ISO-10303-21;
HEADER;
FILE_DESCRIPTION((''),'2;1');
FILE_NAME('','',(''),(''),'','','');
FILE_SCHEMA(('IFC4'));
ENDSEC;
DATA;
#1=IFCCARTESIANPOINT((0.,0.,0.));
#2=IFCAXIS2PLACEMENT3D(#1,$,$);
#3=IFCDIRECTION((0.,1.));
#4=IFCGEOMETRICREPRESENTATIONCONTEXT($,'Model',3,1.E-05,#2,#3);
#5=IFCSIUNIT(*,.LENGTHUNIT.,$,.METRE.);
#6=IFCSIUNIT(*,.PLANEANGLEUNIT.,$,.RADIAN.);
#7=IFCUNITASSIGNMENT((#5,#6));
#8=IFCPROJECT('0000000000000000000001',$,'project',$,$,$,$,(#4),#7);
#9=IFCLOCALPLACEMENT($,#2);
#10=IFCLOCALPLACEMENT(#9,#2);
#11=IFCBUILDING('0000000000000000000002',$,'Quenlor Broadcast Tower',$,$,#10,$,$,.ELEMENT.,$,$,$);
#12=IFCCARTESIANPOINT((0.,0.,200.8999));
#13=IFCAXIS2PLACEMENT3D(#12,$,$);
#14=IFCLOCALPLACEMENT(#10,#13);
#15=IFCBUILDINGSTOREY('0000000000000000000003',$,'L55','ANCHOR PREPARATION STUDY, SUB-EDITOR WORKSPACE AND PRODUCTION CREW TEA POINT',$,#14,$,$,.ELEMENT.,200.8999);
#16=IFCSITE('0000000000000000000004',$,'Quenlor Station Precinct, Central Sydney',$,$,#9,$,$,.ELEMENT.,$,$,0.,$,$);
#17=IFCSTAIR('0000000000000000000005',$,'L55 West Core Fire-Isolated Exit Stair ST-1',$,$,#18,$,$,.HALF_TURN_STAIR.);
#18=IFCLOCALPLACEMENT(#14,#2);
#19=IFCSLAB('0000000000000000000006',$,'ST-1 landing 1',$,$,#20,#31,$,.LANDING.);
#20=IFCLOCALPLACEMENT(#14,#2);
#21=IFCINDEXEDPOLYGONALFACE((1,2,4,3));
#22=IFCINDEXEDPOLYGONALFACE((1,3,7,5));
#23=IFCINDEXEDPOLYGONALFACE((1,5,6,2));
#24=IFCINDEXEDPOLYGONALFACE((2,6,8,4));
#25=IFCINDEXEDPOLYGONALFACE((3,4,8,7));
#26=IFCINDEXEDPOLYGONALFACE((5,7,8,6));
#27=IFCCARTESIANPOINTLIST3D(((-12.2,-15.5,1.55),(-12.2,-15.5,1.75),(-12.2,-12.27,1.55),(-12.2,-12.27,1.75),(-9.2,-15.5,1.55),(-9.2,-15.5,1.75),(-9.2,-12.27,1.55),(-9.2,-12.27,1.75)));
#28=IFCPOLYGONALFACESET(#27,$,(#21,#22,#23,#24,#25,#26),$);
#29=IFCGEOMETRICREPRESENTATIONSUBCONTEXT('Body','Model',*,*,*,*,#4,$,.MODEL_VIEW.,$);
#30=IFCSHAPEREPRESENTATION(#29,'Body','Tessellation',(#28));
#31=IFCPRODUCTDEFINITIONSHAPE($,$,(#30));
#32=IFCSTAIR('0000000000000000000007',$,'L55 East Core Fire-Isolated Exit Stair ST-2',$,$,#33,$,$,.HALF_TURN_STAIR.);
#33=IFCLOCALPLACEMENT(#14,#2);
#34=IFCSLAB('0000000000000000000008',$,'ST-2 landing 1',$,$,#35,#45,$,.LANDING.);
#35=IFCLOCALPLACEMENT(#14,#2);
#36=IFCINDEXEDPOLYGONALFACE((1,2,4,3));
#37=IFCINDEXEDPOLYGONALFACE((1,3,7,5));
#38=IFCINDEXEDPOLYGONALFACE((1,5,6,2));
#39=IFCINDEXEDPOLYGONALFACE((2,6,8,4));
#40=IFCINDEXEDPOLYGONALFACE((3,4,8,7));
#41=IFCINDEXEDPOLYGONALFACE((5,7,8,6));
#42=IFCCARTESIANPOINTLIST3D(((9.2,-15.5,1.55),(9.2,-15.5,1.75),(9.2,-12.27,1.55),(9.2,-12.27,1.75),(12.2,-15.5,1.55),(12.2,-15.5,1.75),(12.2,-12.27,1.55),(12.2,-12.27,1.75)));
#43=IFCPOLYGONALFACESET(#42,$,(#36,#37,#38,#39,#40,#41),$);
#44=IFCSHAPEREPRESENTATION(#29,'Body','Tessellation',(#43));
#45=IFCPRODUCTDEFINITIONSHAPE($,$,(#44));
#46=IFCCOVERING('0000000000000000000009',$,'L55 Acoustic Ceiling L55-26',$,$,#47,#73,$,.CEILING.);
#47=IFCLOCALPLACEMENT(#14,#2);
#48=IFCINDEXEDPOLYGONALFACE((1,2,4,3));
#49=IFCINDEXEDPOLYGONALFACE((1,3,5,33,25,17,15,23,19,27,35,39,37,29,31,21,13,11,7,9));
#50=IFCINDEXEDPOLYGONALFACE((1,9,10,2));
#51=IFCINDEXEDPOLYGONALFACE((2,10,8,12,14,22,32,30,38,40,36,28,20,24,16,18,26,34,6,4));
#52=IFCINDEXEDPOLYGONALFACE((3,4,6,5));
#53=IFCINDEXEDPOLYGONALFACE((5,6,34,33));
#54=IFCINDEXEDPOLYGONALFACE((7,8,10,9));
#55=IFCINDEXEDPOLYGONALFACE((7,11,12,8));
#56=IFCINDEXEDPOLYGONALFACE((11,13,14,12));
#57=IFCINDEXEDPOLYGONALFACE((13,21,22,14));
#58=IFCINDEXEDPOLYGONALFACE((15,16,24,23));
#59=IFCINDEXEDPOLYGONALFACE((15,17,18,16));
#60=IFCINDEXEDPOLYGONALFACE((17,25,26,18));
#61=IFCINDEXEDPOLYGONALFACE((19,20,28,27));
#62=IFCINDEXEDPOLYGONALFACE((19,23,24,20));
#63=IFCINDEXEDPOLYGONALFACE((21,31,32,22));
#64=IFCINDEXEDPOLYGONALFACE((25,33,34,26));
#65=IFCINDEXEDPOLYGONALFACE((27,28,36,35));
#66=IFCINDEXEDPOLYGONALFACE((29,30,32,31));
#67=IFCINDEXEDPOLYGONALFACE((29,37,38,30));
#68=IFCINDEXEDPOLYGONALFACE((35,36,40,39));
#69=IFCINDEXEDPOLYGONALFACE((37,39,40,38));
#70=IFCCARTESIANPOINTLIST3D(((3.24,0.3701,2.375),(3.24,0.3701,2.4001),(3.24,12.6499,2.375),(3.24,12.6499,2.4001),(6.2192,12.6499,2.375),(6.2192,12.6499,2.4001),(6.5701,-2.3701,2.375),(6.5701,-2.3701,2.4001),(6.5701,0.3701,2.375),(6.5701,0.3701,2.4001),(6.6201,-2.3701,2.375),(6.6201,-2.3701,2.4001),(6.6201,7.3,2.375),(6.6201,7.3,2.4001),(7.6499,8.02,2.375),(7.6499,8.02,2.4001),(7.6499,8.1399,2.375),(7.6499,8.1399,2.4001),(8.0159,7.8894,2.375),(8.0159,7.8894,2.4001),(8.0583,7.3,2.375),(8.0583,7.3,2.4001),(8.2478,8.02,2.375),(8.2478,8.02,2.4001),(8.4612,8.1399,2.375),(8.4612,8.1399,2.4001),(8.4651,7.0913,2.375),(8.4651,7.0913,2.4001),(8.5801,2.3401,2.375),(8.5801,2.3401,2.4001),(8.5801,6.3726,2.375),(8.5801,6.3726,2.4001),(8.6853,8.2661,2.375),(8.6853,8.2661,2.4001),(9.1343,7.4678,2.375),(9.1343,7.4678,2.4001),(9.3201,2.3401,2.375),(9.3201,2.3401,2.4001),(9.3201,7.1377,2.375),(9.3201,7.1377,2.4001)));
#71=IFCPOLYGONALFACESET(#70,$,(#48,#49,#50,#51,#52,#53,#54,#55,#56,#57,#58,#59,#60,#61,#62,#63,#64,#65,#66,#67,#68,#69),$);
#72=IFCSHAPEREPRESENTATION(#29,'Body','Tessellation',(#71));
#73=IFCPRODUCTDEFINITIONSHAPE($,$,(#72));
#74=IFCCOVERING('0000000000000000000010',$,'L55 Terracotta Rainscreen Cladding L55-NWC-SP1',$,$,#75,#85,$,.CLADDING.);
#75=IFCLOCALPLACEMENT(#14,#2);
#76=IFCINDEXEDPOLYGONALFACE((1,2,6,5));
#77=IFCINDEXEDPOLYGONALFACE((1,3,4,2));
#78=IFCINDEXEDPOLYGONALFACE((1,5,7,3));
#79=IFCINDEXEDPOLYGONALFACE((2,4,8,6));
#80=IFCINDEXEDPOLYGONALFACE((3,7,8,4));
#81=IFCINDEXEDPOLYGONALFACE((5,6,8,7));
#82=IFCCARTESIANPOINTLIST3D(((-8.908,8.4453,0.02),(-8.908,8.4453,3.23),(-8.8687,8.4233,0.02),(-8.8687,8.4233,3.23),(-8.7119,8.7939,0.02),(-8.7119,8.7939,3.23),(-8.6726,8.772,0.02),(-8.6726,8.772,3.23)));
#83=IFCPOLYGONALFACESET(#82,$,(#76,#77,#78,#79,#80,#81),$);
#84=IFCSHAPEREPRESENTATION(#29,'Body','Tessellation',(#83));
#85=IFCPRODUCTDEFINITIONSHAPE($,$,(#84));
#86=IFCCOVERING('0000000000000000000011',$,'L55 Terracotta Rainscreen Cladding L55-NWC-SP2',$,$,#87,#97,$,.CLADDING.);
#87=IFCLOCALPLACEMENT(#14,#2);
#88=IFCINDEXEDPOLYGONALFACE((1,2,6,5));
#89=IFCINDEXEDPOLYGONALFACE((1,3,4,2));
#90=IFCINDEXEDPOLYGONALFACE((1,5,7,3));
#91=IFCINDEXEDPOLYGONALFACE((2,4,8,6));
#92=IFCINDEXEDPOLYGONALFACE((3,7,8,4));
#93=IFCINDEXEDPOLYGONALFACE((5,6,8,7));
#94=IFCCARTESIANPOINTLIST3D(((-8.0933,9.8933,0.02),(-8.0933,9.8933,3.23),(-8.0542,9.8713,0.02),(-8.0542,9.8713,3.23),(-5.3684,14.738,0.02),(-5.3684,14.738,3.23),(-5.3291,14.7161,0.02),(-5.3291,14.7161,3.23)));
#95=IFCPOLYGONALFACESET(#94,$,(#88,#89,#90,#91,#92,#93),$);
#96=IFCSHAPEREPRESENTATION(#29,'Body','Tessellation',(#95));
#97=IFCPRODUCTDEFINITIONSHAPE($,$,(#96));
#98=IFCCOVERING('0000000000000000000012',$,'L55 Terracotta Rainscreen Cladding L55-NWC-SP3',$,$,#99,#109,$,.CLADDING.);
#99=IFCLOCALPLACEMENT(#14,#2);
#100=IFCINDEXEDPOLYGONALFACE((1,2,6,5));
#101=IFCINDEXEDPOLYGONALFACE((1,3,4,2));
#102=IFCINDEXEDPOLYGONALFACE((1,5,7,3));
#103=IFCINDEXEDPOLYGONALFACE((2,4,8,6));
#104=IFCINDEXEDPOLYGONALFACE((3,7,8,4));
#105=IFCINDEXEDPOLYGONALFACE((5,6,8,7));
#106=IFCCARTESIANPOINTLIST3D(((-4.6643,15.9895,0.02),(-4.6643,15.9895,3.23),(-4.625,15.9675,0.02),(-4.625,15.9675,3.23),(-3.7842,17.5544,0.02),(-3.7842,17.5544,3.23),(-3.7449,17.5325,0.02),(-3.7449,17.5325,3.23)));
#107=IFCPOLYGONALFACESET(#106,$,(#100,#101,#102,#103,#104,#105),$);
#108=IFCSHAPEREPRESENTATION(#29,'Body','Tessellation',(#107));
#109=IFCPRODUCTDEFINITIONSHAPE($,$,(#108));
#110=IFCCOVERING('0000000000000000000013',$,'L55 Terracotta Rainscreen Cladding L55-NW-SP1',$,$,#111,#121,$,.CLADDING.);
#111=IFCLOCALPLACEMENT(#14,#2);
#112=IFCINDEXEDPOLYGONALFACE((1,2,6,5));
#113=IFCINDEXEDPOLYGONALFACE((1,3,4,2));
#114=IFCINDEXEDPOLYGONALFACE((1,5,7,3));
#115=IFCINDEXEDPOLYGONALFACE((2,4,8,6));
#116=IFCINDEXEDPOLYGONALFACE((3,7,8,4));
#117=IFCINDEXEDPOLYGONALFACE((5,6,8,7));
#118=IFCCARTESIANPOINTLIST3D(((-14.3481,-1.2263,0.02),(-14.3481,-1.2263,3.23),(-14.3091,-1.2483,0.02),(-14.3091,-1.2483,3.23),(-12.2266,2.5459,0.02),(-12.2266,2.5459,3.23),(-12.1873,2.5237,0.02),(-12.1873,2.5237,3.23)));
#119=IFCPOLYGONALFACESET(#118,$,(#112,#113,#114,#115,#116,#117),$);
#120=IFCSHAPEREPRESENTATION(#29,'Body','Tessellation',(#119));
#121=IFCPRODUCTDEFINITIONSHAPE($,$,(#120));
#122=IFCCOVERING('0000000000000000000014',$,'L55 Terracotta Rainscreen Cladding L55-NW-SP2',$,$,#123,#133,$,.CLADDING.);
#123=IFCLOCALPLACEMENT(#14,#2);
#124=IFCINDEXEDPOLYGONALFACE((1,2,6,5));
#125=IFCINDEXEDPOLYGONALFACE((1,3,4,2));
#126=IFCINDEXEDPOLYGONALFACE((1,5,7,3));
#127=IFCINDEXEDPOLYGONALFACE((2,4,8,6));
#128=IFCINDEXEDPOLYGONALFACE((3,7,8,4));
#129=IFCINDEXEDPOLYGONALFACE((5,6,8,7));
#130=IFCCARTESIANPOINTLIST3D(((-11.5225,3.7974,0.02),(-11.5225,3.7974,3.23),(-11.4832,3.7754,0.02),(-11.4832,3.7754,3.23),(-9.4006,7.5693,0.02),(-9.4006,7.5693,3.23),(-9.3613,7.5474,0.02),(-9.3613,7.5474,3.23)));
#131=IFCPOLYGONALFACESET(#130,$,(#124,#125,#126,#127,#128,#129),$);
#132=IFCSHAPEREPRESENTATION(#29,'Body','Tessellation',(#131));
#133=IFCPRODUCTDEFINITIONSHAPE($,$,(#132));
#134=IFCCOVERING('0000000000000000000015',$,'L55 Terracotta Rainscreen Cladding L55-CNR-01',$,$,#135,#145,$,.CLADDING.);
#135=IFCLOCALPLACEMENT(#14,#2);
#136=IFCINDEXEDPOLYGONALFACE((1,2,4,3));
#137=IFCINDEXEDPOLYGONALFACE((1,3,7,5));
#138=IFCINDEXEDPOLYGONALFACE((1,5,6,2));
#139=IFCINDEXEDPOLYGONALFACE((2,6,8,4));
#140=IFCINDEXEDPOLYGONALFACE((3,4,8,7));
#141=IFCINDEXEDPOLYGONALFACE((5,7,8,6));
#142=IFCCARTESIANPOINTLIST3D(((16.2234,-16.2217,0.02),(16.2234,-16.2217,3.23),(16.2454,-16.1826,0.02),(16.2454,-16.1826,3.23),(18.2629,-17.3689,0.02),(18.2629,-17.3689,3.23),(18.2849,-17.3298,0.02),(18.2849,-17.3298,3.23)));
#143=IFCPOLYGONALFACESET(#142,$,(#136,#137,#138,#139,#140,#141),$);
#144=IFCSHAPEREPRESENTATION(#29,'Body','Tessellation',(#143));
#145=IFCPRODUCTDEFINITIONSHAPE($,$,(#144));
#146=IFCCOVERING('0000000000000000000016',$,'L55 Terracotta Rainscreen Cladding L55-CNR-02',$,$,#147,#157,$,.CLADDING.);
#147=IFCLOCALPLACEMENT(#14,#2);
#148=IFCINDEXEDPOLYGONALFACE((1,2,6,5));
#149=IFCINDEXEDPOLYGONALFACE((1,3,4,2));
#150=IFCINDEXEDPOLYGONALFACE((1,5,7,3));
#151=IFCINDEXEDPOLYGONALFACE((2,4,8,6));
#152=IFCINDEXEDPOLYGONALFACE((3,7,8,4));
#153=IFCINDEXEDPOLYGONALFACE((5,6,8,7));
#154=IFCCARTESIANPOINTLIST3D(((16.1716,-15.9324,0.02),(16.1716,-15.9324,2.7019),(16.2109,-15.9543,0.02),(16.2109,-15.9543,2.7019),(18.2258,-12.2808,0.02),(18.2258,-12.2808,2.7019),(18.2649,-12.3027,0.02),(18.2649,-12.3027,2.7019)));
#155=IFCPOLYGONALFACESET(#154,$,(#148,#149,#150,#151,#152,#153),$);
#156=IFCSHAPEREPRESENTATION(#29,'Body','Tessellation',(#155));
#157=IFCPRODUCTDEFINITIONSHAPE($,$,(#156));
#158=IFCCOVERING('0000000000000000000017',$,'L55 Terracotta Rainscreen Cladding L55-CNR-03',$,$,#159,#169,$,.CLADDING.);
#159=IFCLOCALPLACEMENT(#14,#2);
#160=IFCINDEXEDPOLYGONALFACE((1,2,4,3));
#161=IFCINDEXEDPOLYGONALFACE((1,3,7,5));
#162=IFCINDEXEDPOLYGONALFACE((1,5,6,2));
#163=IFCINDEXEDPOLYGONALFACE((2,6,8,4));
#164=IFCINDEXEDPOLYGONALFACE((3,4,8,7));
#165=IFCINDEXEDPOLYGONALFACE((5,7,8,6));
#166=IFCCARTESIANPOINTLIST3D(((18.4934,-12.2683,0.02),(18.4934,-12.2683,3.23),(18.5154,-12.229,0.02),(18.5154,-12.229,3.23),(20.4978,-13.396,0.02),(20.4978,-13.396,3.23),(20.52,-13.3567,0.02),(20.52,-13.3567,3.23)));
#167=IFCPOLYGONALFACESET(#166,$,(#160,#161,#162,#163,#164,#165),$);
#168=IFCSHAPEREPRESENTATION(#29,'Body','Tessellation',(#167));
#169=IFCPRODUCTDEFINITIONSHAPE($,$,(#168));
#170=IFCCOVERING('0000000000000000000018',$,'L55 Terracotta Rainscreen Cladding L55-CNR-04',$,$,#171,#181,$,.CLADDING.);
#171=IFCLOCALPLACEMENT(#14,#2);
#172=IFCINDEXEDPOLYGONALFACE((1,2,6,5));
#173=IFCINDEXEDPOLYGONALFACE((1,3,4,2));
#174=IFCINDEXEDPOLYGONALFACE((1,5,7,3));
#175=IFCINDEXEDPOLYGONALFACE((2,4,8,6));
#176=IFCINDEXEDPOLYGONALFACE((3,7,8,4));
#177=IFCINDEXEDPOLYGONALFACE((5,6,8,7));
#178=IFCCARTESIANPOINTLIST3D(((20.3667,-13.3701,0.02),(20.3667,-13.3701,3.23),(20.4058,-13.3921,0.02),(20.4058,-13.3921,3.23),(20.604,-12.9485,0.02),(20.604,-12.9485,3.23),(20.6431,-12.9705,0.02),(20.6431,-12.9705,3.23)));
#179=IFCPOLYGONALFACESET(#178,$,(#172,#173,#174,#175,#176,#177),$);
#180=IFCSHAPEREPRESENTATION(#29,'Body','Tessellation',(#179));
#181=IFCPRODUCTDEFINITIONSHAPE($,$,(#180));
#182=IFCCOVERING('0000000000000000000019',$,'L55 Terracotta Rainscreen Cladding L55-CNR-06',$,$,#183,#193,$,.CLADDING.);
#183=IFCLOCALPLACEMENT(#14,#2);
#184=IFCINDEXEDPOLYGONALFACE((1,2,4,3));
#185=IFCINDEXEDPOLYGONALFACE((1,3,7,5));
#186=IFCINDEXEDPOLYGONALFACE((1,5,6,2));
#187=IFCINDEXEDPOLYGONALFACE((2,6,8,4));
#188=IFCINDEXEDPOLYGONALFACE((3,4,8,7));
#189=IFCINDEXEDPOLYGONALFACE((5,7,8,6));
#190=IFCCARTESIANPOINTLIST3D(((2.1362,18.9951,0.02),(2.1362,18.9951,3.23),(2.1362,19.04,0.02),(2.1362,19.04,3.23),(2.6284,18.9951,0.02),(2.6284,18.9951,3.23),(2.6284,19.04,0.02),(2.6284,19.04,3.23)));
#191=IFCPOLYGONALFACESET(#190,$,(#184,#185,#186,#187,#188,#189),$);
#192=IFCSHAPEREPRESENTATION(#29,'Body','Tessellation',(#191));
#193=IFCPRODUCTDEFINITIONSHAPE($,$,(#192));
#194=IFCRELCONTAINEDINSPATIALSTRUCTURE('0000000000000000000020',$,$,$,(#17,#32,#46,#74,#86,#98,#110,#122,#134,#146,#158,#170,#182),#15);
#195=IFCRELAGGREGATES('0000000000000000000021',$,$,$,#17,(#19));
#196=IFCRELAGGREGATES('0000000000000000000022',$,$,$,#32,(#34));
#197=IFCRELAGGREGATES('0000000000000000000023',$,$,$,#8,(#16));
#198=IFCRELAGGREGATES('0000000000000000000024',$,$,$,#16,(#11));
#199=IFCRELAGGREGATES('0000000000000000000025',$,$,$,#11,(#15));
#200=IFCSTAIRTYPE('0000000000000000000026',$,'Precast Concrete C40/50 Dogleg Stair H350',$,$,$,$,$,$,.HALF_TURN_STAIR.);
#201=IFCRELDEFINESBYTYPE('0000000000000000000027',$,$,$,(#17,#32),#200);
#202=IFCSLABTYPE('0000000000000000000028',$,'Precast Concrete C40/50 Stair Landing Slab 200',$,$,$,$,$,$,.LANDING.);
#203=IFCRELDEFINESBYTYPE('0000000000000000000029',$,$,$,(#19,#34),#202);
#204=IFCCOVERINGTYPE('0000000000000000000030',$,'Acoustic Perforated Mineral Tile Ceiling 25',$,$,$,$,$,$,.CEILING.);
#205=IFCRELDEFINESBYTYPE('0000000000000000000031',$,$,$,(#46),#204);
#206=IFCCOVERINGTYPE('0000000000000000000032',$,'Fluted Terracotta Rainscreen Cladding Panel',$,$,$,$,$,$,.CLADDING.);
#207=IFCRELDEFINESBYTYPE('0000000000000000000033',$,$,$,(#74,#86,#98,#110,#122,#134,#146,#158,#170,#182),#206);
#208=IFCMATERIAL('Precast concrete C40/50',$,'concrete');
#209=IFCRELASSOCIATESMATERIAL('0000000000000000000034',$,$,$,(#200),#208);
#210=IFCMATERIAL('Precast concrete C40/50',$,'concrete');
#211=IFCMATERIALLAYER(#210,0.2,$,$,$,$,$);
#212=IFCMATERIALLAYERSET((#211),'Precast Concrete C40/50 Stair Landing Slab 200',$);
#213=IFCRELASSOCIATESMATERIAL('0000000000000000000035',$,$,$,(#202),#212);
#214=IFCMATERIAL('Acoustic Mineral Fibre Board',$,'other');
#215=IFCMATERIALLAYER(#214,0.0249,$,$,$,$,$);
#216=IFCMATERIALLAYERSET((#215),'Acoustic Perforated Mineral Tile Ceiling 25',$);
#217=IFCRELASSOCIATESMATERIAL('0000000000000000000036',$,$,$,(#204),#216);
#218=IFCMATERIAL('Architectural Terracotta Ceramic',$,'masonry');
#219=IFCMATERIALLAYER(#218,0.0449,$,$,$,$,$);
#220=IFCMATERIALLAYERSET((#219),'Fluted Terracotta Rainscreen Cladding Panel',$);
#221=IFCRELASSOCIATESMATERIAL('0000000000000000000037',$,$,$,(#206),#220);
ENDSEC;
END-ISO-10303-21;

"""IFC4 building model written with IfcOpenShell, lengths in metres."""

from ifc_helpers import new_model, si_unit, direction, frame, origin, place, context, subcontext, project, spatial, polyline, outline, extrude, material, layer, layer_set, type_object, element, aggregate, save


model = new_model("IFC4")

# Units and contexts
model_context = context("Model", 3, precision=1e-05, world=origin(), true_north=direction((0.0, 1.0)))
body_context = subcontext(model_context, "Body", "Model", "MODEL_VIEW")
ifc_project = project(units=[si_unit("LENGTHUNIT", "METRE"), si_unit("PLANEANGLEUNIT", "RADIAN")], contexts=[model_context])

# Site, building, storey
site_placement = place(None, origin())
site = spatial("IfcSite", under=ifc_project, at=site_placement, Name="Quenlor Station Precinct, Central Sydney", CompositionType="ELEMENT", RefElevation=0.0)
building_placement = place(site_placement, origin())
building = spatial("IfcBuilding", under=site, at=building_placement, Name="Quenlor Broadcast Tower", CompositionType="ELEMENT")
storey_placement = place(building_placement, frame((0.0, 0.0, 200.8999)))
storey = spatial("IfcBuildingStorey", under=building, at=storey_placement, Name="L55", Description="ANCHOR PREPARATION STUDY, SUB-EDITOR WORKSPACE AND PRODUCTION CREW TEA POINT", CompositionType="ELEMENT", Elevation=200.8999)

# Stairs, slabs
ifc_material_1 = material(Name="Precast concrete C40/50", Category="concrete")
stair_type = type_object("IfcStairType", Name="Precast Concrete C40/50 Dogleg Stair H350", PredefinedType="HALF_TURN_STAIR", material=ifc_material_1)
stair_1_placement = place(storey_placement, origin())
stair_1 = element("IfcStair", 1, at=stair_1_placement, inside=storey, type_object=stair_type, Name="L55 West Core Fire-Isolated Exit Stair ST-1", PredefinedType="HALF_TURN_STAIR")
ifc_material_2 = material(Name="Precast concrete C40/50", Category="concrete")
ifc_layer_1 = layer(ifc_material_2, 0.2)
ifc_layer_set_1 = layer_set([ifc_layer_1], Name="Precast Concrete C40/50 Stair Landing Slab 200")
slab_type = type_object("IfcSlabType", Name="Precast Concrete C40/50 Stair Landing Slab 200", PredefinedType="LANDING", material=ifc_layer_set_1)
slab_1_placement = place(storey_placement, frame((0.0, 0.0, 1.55)))
slab_1 = element("IfcSlab", 2, at=slab_1_placement, type_object=slab_type, Name="ST-1 landing 1", PredefinedType="LANDING", context=body_context, shape_type="SweptSolid", body=[
    extrude(outline(polyline([(-12.2, -12.27), (-12.2, -15.5), (-9.2, -15.5), (-9.2, -12.27), (-12.2, -12.27)])), origin(), (0.0, 0.0, 1.0), 0.2),
])
aggregate(stair_1, [slab_1])
stair_2_placement = place(storey_placement, origin())
stair_2 = element("IfcStair", 3, at=stair_2_placement, inside=storey, type_object=stair_type, Name="L55 East Core Fire-Isolated Exit Stair ST-2", PredefinedType="HALF_TURN_STAIR")
slab_2_placement = place(storey_placement, frame((0.0, 0.0, 1.55)))
slab_2 = element("IfcSlab", 4, at=slab_2_placement, type_object=slab_type, Name="ST-2 landing 1", PredefinedType="LANDING", context=body_context, shape_type="SweptSolid", body=[
    extrude(outline(polyline([(9.2, -12.27), (9.2, -15.5), (12.2, -15.5), (12.2, -12.27), (9.2, -12.27)])), origin(), (0.0, 0.0, 1.0), 0.2),
])
aggregate(stair_2, [slab_2])

# Coverings
ifc_material_3 = material(Name="Acoustic Mineral Fibre Board", Category="other")
ifc_layer_2 = layer(ifc_material_3, 0.0249)
ifc_layer_set_2 = layer_set([ifc_layer_2], Name="Acoustic Perforated Mineral Tile Ceiling 25")
covering_type_1 = type_object("IfcCoveringType", Name="Acoustic Perforated Mineral Tile Ceiling 25", PredefinedType="CEILING", material=ifc_layer_set_2)
covering_1_placement = place(storey_placement, frame((0.0, 0.0, 2.375)))
element("IfcCovering", 5, at=covering_1_placement, inside=storey, type_object=covering_type_1, Name="L55 Acoustic Ceiling L55-26", PredefinedType="CEILING", context=body_context, shape_type="SweptSolid", body=[
    extrude(outline(polyline([(8.2478, 8.02), (8.0159, 7.8894), (8.4651, 7.0913), (9.1343, 7.4678), (9.3201, 7.1377), (9.3201, 2.3401), (8.5801, 2.3401), (8.5801, 6.3726), (8.0583, 7.3), (6.6201, 7.3), (6.6201, -2.3701), (6.5701, -2.3701), (6.5701, 0.3701), (3.24, 0.3701), (3.24, 12.6499), (6.2192, 12.6499), (8.6853, 8.2661), (8.4612, 8.1399), (7.6499, 8.1399), (7.6499, 8.02), (8.2478, 8.02)])), origin(), (0.0, 0.0, 1.0), 0.0251),
])
ifc_material_4 = material(Name="Architectural Terracotta Ceramic", Category="masonry")
ifc_layer_3 = layer(ifc_material_4, 0.0449)
ifc_layer_set_3 = layer_set([ifc_layer_3], Name="Fluted Terracotta Rainscreen Cladding Panel")
covering_type_2 = type_object("IfcCoveringType", Name="Fluted Terracotta Rainscreen Cladding Panel", PredefinedType="CLADDING", material=ifc_layer_set_3)
covering_2_placement = place(storey_placement, frame((0.0, 0.0, 0.02)))
element("IfcCovering", 6, at=covering_2_placement, inside=storey, type_object=covering_type_2, Name="L55 Terracotta Rainscreen Cladding L55-NWC-SP1", PredefinedType="CLADDING", context=body_context, shape_type="SweptSolid", body=[
    extrude(outline(polyline([(-8.8687, 8.4233), (-8.6726, 8.772), (-8.7119, 8.7939), (-8.908, 8.4453), (-8.8687, 8.4233)])), origin(), (0.0, 0.0, 1.0), 3.21),
])
covering_3_placement = place(storey_placement, frame((0.0, 0.0, 0.02)))
element("IfcCovering", 7, at=covering_3_placement, inside=storey, type_object=covering_type_2, Name="L55 Terracotta Rainscreen Cladding L55-NWC-SP2", PredefinedType="CLADDING", context=body_context, shape_type="SweptSolid", body=[
    extrude(outline(polyline([(-8.0542, 9.8713), (-5.3291, 14.7161), (-5.3684, 14.738), (-8.0933, 9.8933), (-8.0542, 9.8713)])), origin(), (0.0, 0.0, 1.0), 3.21),
])
covering_4_placement = place(storey_placement, frame((0.0, 0.0, 0.02)))
element("IfcCovering", 8, at=covering_4_placement, inside=storey, type_object=covering_type_2, Name="L55 Terracotta Rainscreen Cladding L55-NWC-SP3", PredefinedType="CLADDING", context=body_context, shape_type="SweptSolid", body=[
    extrude(outline(polyline([(-4.625, 15.9675), (-3.7449, 17.5325), (-3.7842, 17.5544), (-4.6643, 15.9895), (-4.625, 15.9675)])), origin(), (0.0, 0.0, 1.0), 3.21),
])
covering_5_placement = place(storey_placement, frame((0.0, 0.0, 0.02)))
element("IfcCovering", 9, at=covering_5_placement, inside=storey, type_object=covering_type_2, Name="L55 Terracotta Rainscreen Cladding L55-NW-SP1", PredefinedType="CLADDING", context=body_context, shape_type="SweptSolid", body=[
    extrude(outline(polyline([(-14.3091, -1.2483), (-12.1873, 2.5237), (-12.2266, 2.5459), (-14.3481, -1.2263), (-14.3091, -1.2483)])), origin(), (0.0, 0.0, 1.0), 3.21),
])
covering_6_placement = place(storey_placement, frame((0.0, 0.0, 0.02)))
element("IfcCovering", 10, at=covering_6_placement, inside=storey, type_object=covering_type_2, Name="L55 Terracotta Rainscreen Cladding L55-NW-SP2", PredefinedType="CLADDING", context=body_context, shape_type="SweptSolid", body=[
    extrude(outline(polyline([(-11.4832, 3.7754), (-9.3613, 7.5474), (-9.4006, 7.5693), (-11.5225, 3.7974), (-11.4832, 3.7754)])), origin(), (0.0, 0.0, 1.0), 3.21),
])
covering_7_placement = place(storey_placement, frame((0.0, 0.0, 0.02)))
element("IfcCovering", 11, at=covering_7_placement, inside=storey, type_object=covering_type_2, Name="L55 Terracotta Rainscreen Cladding L55-CNR-01", PredefinedType="CLADDING", context=body_context, shape_type="SweptSolid", body=[
    extrude(outline(polyline([(18.2849, -17.3298), (16.2454, -16.1826), (16.2234, -16.2217), (18.2629, -17.3689), (18.2849, -17.3298)])), origin(), (0.0, 0.0, 1.0), 3.21),
])
covering_8_placement = place(storey_placement, frame((0.0, 0.0, 0.02)))
element("IfcCovering", 12, at=covering_8_placement, inside=storey, type_object=covering_type_2, Name="L55 Terracotta Rainscreen Cladding L55-CNR-02", PredefinedType="CLADDING", context=body_context, shape_type="SweptSolid", body=[
    extrude(outline(polyline([(16.2109, -15.9543), (18.2649, -12.3027), (18.2258, -12.2808), (16.1716, -15.9324), (16.2109, -15.9543)])), origin(), (0.0, 0.0, 1.0), 2.6819),
])
covering_9_placement = place(storey_placement, frame((0.0, 0.0, 0.02)))
element("IfcCovering", 13, at=covering_9_placement, inside=storey, type_object=covering_type_2, Name="L55 Terracotta Rainscreen Cladding L55-CNR-03", PredefinedType="CLADDING", context=body_context, shape_type="SweptSolid", body=[
    extrude(outline(polyline([(18.4934, -12.2683), (20.4978, -13.396), (20.52, -13.3567), (18.5154, -12.229), (18.4934, -12.2683)])), origin(), (0.0, 0.0, 1.0), 3.21),
])
covering_10_placement = place(storey_placement, frame((0.0, 0.0, 0.02)))
element("IfcCovering", 14, at=covering_10_placement, inside=storey, type_object=covering_type_2, Name="L55 Terracotta Rainscreen Cladding L55-CNR-04", PredefinedType="CLADDING", context=body_context, shape_type="SweptSolid", body=[
    extrude(outline(polyline([(20.4058, -13.3921), (20.6431, -12.9705), (20.604, -12.9485), (20.3667, -13.3701), (20.4058, -13.3921)])), origin(), (0.0, 0.0, 1.0), 3.21),
])
covering_11_placement = place(storey_placement, frame((0.0, 0.0, 0.02)))
element("IfcCovering", 15, at=covering_11_placement, inside=storey, type_object=covering_type_2, Name="L55 Terracotta Rainscreen Cladding L55-CNR-06", PredefinedType="CLADDING", context=body_context, shape_type="SweptSolid", body=[
    extrude(outline(polyline([(2.6284, 19.04), (2.1362, 19.04), (2.1362, 18.9951), (2.6284, 18.9951), (2.6284, 19.04)])), origin(), (0.0, 0.0, 1.0), 3.21),
])

save(model, "model.ifc")
